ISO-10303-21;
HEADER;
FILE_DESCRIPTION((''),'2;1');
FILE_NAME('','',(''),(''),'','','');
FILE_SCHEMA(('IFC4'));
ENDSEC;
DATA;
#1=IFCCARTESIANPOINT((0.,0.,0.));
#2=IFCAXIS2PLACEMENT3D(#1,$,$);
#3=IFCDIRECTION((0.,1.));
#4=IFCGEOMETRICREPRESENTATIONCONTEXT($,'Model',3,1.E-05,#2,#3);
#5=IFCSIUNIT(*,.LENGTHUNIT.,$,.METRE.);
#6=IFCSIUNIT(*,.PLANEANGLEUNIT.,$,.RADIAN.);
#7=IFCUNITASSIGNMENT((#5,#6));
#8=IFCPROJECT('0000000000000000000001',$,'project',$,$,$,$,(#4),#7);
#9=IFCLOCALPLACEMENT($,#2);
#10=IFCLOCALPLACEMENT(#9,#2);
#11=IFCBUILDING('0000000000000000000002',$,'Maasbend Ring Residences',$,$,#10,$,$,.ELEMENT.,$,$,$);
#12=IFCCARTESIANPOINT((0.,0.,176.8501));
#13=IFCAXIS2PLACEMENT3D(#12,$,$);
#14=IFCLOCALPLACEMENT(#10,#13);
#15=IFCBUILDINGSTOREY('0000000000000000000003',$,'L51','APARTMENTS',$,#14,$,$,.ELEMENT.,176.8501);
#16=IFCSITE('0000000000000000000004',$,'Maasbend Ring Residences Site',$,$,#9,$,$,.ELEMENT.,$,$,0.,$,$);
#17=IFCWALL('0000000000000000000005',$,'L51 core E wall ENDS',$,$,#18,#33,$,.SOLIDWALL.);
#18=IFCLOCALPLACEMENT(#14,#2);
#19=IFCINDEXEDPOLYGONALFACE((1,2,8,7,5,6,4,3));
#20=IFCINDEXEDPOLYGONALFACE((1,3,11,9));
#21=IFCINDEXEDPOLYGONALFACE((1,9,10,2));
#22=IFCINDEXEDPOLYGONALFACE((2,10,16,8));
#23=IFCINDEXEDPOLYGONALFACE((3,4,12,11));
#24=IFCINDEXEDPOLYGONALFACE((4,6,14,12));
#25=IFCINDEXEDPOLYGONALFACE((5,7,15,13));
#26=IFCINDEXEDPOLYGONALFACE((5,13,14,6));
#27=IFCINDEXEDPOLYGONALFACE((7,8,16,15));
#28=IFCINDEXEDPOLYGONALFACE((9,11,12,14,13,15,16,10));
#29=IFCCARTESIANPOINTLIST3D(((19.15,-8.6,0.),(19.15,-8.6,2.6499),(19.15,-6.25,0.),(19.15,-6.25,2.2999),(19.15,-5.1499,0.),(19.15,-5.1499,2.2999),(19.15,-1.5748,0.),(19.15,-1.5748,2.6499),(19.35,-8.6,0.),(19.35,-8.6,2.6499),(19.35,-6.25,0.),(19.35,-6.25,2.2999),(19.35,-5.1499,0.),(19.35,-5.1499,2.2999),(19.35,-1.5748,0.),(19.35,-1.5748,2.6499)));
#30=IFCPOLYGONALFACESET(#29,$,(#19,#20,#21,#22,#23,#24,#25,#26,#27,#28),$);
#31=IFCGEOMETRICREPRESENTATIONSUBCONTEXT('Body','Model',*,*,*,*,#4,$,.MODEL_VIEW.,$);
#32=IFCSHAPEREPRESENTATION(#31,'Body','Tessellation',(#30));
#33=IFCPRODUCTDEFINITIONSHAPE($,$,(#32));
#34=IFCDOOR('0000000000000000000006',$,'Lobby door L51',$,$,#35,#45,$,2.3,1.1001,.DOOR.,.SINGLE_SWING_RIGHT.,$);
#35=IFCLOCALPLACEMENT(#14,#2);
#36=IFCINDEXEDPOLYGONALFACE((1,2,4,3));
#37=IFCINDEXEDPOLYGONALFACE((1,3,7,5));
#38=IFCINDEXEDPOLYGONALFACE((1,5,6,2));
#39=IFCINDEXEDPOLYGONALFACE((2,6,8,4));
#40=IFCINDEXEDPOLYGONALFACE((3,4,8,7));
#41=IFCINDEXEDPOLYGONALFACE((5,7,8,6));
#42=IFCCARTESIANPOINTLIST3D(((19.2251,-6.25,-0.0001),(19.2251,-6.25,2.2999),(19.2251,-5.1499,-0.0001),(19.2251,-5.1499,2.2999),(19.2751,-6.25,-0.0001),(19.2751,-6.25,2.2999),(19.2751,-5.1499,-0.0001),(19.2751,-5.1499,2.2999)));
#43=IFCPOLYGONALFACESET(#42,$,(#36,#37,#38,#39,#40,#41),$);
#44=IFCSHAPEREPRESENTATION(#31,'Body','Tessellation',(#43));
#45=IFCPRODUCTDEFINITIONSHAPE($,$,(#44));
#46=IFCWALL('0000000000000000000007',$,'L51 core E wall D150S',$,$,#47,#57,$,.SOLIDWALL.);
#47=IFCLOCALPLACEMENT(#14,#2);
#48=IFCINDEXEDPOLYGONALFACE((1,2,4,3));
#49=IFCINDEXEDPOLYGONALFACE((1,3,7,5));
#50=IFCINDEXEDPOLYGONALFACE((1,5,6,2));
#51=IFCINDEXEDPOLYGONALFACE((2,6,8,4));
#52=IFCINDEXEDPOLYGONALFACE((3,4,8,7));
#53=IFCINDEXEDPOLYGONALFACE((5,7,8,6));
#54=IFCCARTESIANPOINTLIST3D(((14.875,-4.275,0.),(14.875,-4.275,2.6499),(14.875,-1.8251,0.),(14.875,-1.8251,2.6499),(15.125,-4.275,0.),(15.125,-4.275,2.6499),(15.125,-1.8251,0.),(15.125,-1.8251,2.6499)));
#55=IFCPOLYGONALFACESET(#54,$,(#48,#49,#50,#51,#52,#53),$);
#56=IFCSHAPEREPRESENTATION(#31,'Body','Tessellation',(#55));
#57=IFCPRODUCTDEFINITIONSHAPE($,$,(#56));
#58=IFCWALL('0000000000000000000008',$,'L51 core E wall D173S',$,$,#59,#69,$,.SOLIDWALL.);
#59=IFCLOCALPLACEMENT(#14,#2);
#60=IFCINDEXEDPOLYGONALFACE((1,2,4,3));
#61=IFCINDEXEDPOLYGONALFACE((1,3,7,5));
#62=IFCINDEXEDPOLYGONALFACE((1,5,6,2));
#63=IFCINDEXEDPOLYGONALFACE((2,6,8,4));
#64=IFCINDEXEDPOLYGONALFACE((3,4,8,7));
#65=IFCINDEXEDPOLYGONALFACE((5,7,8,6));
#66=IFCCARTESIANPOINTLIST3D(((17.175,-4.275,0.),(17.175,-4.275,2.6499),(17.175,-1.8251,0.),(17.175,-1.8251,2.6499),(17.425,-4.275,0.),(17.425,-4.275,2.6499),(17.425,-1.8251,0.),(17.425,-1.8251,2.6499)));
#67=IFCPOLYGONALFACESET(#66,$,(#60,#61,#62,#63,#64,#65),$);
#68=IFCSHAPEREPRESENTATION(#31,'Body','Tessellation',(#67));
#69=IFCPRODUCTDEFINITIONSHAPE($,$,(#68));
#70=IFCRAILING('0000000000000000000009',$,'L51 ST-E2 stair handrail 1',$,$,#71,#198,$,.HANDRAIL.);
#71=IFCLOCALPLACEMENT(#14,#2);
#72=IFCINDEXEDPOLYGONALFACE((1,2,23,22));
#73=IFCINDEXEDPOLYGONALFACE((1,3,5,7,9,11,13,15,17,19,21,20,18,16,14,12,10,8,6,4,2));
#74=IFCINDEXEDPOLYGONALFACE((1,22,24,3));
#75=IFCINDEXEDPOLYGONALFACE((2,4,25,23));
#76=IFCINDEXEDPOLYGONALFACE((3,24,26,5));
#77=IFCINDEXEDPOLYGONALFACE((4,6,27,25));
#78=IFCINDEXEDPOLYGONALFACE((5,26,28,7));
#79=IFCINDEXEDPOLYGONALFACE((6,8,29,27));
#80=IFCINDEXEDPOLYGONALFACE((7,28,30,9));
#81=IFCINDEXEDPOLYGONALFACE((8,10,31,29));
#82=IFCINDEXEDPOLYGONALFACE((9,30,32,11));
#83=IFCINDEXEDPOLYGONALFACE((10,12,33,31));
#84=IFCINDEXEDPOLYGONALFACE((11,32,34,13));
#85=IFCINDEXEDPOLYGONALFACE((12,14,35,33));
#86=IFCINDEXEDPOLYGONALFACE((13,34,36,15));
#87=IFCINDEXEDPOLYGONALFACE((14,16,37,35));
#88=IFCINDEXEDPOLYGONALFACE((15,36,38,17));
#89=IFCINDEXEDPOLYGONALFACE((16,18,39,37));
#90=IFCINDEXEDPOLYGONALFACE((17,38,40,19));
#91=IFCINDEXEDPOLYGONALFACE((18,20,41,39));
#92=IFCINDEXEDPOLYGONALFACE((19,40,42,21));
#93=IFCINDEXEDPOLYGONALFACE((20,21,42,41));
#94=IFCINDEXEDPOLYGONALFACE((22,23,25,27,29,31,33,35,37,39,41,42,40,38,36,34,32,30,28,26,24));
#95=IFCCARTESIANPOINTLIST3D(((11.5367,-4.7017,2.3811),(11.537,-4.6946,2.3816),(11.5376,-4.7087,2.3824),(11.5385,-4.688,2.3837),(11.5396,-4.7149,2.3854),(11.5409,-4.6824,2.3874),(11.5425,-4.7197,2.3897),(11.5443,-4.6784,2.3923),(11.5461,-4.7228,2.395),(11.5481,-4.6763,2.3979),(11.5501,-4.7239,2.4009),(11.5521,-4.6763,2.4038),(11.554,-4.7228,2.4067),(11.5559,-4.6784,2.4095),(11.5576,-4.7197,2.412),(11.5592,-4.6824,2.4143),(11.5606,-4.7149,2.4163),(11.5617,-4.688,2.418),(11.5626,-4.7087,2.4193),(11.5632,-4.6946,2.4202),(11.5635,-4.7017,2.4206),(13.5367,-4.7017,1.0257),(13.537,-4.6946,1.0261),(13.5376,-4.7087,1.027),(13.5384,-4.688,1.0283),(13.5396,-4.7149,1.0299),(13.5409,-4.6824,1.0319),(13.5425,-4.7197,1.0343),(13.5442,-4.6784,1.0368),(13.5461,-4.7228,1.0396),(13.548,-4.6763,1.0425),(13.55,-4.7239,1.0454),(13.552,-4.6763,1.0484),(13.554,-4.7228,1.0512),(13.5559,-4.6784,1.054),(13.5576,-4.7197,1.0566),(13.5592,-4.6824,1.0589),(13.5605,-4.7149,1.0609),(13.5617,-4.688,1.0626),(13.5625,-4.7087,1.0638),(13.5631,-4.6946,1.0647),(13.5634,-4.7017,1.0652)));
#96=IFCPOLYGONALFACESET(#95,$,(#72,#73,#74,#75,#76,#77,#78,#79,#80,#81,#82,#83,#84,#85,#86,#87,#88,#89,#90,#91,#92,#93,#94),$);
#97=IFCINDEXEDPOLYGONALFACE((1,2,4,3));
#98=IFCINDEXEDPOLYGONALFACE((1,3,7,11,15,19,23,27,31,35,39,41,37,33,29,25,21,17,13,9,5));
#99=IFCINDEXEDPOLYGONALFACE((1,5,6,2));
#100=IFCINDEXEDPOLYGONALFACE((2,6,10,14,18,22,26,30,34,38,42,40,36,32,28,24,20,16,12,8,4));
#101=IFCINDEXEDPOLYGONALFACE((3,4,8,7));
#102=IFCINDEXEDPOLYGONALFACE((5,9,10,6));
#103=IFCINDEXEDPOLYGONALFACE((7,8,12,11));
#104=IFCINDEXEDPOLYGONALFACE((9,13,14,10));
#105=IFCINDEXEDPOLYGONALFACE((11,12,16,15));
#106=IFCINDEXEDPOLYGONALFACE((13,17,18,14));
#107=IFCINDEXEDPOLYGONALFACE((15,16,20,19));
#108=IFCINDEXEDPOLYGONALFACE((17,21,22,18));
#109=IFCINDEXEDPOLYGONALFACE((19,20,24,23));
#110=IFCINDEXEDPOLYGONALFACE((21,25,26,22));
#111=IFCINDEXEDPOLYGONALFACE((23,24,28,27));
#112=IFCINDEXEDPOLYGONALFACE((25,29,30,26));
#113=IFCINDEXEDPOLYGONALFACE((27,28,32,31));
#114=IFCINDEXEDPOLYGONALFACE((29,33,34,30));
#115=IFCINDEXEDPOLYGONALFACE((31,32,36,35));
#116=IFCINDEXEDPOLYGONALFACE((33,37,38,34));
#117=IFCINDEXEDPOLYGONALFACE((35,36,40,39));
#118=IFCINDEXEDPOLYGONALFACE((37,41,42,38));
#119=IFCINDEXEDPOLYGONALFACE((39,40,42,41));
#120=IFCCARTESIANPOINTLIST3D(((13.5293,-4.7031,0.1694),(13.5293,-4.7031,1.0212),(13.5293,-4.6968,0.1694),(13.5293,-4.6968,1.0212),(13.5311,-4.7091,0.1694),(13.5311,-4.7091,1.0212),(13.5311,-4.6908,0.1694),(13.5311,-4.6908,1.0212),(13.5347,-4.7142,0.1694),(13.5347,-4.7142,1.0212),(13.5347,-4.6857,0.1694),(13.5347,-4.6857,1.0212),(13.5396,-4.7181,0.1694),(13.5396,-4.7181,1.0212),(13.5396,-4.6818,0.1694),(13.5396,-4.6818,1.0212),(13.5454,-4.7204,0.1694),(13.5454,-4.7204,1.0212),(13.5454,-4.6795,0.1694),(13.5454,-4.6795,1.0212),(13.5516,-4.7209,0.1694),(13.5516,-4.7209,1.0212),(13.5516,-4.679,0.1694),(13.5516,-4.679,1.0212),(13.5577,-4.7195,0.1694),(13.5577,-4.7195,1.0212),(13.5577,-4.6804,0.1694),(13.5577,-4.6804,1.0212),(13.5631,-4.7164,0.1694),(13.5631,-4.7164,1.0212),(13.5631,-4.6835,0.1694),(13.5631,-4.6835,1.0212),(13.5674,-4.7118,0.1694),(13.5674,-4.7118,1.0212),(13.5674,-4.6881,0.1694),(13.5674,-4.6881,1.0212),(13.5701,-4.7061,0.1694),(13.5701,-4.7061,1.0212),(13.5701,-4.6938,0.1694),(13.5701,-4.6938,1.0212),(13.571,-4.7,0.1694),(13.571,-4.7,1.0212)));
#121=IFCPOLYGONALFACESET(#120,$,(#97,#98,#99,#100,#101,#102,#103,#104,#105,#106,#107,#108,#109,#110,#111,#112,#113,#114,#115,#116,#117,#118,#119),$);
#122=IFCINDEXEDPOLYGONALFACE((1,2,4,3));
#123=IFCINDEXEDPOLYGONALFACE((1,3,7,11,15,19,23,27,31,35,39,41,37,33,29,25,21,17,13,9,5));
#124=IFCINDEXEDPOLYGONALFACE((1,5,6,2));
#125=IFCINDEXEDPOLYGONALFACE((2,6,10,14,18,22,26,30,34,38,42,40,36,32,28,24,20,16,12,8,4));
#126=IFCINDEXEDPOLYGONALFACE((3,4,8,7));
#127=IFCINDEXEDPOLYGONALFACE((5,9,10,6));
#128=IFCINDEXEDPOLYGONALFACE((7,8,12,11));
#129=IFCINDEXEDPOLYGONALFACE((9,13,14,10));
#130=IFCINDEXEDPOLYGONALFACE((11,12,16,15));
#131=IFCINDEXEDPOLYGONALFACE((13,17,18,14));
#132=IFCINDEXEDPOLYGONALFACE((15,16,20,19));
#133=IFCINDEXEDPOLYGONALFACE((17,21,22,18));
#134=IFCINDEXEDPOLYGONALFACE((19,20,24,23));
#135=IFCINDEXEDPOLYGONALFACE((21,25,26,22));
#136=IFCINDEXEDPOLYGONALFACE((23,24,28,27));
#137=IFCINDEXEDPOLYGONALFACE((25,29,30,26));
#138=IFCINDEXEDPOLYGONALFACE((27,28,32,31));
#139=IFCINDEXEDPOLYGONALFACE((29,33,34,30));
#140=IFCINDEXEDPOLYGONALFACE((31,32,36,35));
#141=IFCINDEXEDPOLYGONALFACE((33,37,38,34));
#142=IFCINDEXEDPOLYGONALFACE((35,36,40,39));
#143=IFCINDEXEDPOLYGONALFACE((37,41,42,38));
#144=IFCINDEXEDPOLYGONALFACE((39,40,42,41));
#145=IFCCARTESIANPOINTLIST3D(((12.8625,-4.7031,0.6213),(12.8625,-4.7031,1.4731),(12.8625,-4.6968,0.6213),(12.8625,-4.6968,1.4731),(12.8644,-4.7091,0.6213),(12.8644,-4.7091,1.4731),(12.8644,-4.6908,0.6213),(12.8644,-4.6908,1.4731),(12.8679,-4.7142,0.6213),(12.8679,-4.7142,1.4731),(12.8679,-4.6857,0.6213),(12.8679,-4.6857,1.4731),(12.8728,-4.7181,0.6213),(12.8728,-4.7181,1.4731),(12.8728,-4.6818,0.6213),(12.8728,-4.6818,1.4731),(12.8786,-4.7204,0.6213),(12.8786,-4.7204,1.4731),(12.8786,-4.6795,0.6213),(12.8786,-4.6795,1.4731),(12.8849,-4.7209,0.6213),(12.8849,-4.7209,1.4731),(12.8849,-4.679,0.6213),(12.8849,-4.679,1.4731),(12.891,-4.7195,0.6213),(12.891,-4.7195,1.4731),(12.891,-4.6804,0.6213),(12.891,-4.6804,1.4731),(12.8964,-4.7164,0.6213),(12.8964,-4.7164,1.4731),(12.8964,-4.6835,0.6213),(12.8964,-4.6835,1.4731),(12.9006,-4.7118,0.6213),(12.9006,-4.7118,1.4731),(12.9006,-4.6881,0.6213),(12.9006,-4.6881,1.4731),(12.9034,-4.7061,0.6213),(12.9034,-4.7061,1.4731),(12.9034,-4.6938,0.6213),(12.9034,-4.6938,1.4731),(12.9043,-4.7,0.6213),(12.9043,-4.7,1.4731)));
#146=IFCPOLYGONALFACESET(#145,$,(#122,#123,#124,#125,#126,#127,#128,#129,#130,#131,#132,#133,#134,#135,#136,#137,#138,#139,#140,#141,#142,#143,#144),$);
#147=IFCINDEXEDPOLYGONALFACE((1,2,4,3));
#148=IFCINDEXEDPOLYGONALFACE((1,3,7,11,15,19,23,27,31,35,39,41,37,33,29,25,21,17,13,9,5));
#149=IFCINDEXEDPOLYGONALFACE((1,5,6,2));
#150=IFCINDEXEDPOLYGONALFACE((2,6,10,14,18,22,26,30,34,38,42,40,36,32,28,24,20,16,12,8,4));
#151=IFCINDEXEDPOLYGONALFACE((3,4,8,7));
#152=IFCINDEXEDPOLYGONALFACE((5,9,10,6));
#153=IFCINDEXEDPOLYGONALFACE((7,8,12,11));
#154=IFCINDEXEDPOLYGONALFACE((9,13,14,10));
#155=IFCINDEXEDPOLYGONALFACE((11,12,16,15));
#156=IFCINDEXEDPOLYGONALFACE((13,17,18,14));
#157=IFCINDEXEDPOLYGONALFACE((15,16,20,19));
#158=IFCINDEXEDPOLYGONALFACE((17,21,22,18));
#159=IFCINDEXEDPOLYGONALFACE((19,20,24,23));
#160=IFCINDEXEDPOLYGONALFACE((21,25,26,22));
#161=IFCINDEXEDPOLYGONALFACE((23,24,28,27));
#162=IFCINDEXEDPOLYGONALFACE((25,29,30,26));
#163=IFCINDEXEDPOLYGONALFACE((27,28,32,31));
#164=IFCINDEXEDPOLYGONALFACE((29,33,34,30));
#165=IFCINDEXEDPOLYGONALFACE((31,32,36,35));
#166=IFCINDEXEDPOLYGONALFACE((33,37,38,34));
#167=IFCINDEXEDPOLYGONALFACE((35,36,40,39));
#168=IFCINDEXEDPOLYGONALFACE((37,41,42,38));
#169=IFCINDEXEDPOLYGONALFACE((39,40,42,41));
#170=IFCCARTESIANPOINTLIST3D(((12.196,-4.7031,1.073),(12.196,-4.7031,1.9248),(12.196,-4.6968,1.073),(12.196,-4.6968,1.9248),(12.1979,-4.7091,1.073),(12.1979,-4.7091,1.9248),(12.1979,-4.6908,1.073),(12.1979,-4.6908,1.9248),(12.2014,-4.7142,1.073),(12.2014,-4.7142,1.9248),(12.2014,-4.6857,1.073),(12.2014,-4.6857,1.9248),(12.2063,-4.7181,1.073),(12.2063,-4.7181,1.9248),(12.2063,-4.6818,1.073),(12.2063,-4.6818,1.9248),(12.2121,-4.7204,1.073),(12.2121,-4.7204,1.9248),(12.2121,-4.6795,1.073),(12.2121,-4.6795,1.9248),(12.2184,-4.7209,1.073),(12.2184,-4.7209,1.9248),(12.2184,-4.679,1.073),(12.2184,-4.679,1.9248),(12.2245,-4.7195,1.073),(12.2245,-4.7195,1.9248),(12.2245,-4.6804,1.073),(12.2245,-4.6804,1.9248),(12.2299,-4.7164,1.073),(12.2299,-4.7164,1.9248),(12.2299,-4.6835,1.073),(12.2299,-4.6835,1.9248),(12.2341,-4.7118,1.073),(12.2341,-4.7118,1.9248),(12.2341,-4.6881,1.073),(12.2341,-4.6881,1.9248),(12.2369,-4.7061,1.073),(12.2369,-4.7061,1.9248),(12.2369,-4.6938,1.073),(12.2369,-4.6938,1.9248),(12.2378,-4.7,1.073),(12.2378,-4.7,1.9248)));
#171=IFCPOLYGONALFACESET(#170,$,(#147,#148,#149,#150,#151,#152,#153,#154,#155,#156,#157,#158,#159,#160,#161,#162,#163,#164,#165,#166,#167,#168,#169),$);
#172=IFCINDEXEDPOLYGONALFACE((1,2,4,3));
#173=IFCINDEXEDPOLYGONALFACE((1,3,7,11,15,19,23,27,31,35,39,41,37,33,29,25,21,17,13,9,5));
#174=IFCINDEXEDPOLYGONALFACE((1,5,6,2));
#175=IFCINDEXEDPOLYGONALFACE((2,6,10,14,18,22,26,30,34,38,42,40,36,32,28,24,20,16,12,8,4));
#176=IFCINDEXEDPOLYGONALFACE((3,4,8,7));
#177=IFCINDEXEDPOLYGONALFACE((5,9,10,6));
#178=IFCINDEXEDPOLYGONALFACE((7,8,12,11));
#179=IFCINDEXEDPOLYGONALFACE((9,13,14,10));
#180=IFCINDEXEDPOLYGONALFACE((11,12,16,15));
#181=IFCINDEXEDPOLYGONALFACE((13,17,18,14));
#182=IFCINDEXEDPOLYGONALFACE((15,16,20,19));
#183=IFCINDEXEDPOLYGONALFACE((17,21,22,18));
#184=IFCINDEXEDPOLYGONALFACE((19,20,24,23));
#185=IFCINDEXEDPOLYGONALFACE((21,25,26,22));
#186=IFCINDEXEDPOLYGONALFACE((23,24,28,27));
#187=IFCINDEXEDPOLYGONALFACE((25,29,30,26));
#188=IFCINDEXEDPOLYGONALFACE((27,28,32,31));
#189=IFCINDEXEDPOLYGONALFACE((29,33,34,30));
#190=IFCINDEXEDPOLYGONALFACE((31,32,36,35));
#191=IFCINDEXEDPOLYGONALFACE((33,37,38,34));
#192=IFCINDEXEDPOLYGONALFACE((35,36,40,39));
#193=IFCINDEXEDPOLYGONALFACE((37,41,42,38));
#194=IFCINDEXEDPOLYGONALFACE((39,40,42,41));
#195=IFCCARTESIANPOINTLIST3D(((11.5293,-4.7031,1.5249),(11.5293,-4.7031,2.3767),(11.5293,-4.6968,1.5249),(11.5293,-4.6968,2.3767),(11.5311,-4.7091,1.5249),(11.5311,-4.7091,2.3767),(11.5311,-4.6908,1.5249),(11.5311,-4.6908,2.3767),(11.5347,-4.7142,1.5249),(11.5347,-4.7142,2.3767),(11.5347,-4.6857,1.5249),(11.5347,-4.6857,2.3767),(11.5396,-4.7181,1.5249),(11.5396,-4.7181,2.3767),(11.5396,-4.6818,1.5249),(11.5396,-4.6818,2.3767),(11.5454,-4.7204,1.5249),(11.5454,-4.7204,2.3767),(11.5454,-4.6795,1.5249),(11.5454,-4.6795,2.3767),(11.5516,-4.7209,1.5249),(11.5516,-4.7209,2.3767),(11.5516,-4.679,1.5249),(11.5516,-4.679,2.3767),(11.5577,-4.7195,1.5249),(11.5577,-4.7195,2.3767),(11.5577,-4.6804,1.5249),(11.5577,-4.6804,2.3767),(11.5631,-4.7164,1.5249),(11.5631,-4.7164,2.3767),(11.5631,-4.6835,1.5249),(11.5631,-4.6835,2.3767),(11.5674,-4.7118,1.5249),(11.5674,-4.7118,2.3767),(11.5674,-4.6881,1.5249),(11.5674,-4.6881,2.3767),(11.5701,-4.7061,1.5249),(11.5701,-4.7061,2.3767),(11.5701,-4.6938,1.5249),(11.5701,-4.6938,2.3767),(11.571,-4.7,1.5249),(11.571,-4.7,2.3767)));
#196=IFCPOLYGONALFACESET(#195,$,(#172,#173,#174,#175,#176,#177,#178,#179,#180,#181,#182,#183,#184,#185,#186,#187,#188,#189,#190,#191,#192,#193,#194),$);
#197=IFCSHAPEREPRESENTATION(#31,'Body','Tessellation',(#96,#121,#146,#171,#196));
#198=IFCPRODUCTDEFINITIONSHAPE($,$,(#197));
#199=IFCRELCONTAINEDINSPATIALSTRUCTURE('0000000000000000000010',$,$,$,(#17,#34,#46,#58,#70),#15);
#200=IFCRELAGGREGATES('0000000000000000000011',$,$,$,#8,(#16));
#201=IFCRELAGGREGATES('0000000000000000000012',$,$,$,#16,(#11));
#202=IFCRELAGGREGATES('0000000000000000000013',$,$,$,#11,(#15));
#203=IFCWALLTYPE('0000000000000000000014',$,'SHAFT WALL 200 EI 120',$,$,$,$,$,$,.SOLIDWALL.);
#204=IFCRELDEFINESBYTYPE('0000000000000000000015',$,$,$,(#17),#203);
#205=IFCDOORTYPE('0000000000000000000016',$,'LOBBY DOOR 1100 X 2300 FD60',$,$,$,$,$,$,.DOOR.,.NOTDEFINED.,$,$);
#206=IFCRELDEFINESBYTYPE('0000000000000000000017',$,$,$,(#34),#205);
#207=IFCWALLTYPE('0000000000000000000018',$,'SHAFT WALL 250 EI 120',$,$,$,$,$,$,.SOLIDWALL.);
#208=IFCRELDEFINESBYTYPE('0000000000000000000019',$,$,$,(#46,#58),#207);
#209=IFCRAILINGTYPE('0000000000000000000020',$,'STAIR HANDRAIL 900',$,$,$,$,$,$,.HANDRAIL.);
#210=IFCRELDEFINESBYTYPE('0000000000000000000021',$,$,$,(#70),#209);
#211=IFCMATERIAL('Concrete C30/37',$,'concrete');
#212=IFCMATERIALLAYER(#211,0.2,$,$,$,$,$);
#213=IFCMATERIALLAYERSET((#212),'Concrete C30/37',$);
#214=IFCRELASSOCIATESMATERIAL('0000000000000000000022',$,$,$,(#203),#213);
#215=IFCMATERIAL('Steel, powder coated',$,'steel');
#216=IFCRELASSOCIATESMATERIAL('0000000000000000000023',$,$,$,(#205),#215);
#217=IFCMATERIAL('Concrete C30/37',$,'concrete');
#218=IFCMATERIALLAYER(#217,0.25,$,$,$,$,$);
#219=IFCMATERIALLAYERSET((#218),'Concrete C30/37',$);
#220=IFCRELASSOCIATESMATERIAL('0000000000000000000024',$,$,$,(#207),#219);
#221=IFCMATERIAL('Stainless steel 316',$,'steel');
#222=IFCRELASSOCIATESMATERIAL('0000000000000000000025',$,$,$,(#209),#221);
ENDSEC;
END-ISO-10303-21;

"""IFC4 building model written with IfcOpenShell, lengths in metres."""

from ifc_helpers import new_model, si_unit, direction, frame, frame_2d, origin, origin_2d, place, context, subcontext, project, spatial, rectangle, circle, extrude, material, layer, layer_set, type_object, element, fill, save


model = new_model("IFC4")

# Units and contexts
model_context = context("Model", 3, precision=1e-05, world=origin(), true_north=direction((0.0, 1.0)))
body_context = subcontext(model_context, "Body", "Model", "MODEL_VIEW")
ifc_project = project(units=[si_unit("LENGTHUNIT", "METRE"), si_unit("PLANEANGLEUNIT", "RADIAN")], contexts=[model_context])

# Site, building, storey
site_placement = place(None, origin())
site = spatial("IfcSite", under=ifc_project, at=site_placement, Name="Maasbend Ring Residences Site", CompositionType="ELEMENT", RefElevation=0.0)
building_placement = place(site_placement, origin())
building = spatial("IfcBuilding", under=site, at=building_placement, Name="Maasbend Ring Residences", CompositionType="ELEMENT")
storey_placement = place(building_placement, frame((0.0, 0.0, 176.8501)))
storey = spatial("IfcBuildingStorey", under=building, at=storey_placement, Name="L51", Description="APARTMENTS", CompositionType="ELEMENT", Elevation=176.8501)

# Wall, opening, door
ifc_material_1 = material(Name="Concrete C30/37", Category="concrete")
ifc_layer_1 = layer(ifc_material_1, 0.2)
ifc_layer_set_1 = layer_set([ifc_layer_1], Name="Concrete C30/37")
wall_type_1 = type_object("IfcWallType", Name="SHAFT WALL 200 EI 120", PredefinedType="SOLIDWALL", material=ifc_layer_set_1)
wall_1_placement = place(storey_placement, frame((19.25, -8.6001, 0.0), z_axis=(0.0, 0.0, 1.0), x_axis=(0.0, 1.0, 0.0)))
wall_1 = element("IfcWall", 1, at=wall_1_placement, inside=storey, type_object=wall_type_1, Name="L51 core E wall ENDS", PredefinedType="SOLIDWALL", context=body_context, shape_type="SweptSolid", body=[
    extrude(rectangle(XDim=7.0251, YDim=0.2, at=frame_2d((3.5127, 0.0))), origin(), (0.0, 0.0, 1.0), 2.6499),
])
opening_1_placement = place(wall_1_placement, frame((2.3501, 0.0, 0.0)))
opening_1 = element("IfcOpeningElement", 2, at=opening_1_placement, cuts=wall_1, PredefinedType="OPENING", context=body_context, shape_type="SweptSolid", body=[
    extrude(rectangle(XDim=1.1001, YDim=2.3, at=frame_2d((0.55, 1.1499))), frame((0.0, 0.1099, 0.0), z_axis=(0.0, -1.0, 0.0), x_axis=(1.0, 0.0, 0.0)), (0.0, 0.0, 1.0), 0.22),
])
ifc_material_2 = material(Name="Steel, powder coated", Category="steel")
door_type_1 = type_object("IfcDoorType", Name="LOBBY DOOR 1100 X 2300 FD60", OperationType="NOTDEFINED", PredefinedType="DOOR", material=ifc_material_2)
door_1_placement = place(opening_1_placement, origin())
door_1 = element("IfcDoor", 3, at=door_1_placement, inside=storey, type_object=door_type_1, Name="Lobby door L51", OperationType="SINGLE_SWING_RIGHT", OverallHeight=2.3, OverallWidth=1.1001, PredefinedType="DOOR", context=body_context, shape_type="SweptSolid", body=[
    extrude(rectangle(XDim=1.1001, YDim=2.3, at=frame_2d((0.55, 1.1499))), frame((0.0, 0.0249, 0.0), z_axis=(0.0, -1.0, 0.0), x_axis=(1.0, 0.0, 0.0)), (0.0, 0.0, 1.0), 0.05),
])
fill(opening_1, door_1)

# Walls
ifc_material_3 = material(Name="Concrete C30/37", Category="concrete")
ifc_layer_2 = layer(ifc_material_3, 0.25)
ifc_layer_set_2 = layer_set([ifc_layer_2], Name="Concrete C30/37")
wall_type_2 = type_object("IfcWallType", Name="SHAFT WALL 250 EI 120", PredefinedType="SOLIDWALL", material=ifc_layer_set_2)
for number, where, z_axis, x_axis, name in (
    (4, (15.0, -1.825, 0.0), (0.0, 0.0, 1.0), (0.0, -1.0, 0.0), "L51 core E wall D150S"),
    (5, (17.3, -1.825, 0.0), (0.0, 0.0, 1.0), (0.0, -1.0, 0.0), "L51 core E wall D173S"),
):
    element("IfcWall", number, at=place(storey_placement, frame(where, z_axis=z_axis, x_axis=x_axis)), inside=storey, type_object=wall_type_2, Name=name, PredefinedType="SOLIDWALL", context=body_context, shape_type="SweptSolid", body=[
        extrude(rectangle(XDim=2.45, YDim=0.25, at=frame_2d((1.2251, 0.0))), origin(), (0.0, 0.0, 1.0), 2.6499),
    ])

# Railing
ifc_material_4 = material(Name="Stainless steel 316", Category="steel")
railing_type_1 = type_object("IfcRailingType", Name="STAIR HANDRAIL 900", PredefinedType="HANDRAIL", material=ifc_material_4)
railing_1_placement = place(storey_placement, frame((13.55, -4.7, 0.1694)))
element("IfcRailing", 6, at=railing_1_placement, inside=storey, type_object=railing_type_1, Name="L51 ST-E2 stair handrail 1", PredefinedType="HANDRAIL", context=body_context, shape_type="SweptSolid", body=[
    extrude(circle(Radius=0.0239, at=origin_2d()), frame((0.0, 0.0, 0.876), z_axis=(-0.827798, 0.0, 0.561027), x_axis=(0.0, -1.0, 0.0)), (0.0, 0.0, 1.0), 2.416),
    extrude(circle(Radius=0.021, at=origin_2d()), origin(), (0.0, 0.0, 1.0), 0.8518),
    extrude(circle(Radius=0.021, at=origin_2d()), frame((-0.6667, 0.0, 0.4519)), (0.0, 0.0, 1.0), 0.8518),
    extrude(circle(Radius=0.021, at=origin_2d()), frame((-1.3333, 0.0, 0.9036)), (0.0, 0.0, 1.0), 0.8518),
    extrude(circle(Radius=0.021, at=origin_2d()), frame((-2.0, 0.0, 1.3555)), (0.0, 0.0, 1.0), 0.8518),
])

save(model, "model.ifc")
